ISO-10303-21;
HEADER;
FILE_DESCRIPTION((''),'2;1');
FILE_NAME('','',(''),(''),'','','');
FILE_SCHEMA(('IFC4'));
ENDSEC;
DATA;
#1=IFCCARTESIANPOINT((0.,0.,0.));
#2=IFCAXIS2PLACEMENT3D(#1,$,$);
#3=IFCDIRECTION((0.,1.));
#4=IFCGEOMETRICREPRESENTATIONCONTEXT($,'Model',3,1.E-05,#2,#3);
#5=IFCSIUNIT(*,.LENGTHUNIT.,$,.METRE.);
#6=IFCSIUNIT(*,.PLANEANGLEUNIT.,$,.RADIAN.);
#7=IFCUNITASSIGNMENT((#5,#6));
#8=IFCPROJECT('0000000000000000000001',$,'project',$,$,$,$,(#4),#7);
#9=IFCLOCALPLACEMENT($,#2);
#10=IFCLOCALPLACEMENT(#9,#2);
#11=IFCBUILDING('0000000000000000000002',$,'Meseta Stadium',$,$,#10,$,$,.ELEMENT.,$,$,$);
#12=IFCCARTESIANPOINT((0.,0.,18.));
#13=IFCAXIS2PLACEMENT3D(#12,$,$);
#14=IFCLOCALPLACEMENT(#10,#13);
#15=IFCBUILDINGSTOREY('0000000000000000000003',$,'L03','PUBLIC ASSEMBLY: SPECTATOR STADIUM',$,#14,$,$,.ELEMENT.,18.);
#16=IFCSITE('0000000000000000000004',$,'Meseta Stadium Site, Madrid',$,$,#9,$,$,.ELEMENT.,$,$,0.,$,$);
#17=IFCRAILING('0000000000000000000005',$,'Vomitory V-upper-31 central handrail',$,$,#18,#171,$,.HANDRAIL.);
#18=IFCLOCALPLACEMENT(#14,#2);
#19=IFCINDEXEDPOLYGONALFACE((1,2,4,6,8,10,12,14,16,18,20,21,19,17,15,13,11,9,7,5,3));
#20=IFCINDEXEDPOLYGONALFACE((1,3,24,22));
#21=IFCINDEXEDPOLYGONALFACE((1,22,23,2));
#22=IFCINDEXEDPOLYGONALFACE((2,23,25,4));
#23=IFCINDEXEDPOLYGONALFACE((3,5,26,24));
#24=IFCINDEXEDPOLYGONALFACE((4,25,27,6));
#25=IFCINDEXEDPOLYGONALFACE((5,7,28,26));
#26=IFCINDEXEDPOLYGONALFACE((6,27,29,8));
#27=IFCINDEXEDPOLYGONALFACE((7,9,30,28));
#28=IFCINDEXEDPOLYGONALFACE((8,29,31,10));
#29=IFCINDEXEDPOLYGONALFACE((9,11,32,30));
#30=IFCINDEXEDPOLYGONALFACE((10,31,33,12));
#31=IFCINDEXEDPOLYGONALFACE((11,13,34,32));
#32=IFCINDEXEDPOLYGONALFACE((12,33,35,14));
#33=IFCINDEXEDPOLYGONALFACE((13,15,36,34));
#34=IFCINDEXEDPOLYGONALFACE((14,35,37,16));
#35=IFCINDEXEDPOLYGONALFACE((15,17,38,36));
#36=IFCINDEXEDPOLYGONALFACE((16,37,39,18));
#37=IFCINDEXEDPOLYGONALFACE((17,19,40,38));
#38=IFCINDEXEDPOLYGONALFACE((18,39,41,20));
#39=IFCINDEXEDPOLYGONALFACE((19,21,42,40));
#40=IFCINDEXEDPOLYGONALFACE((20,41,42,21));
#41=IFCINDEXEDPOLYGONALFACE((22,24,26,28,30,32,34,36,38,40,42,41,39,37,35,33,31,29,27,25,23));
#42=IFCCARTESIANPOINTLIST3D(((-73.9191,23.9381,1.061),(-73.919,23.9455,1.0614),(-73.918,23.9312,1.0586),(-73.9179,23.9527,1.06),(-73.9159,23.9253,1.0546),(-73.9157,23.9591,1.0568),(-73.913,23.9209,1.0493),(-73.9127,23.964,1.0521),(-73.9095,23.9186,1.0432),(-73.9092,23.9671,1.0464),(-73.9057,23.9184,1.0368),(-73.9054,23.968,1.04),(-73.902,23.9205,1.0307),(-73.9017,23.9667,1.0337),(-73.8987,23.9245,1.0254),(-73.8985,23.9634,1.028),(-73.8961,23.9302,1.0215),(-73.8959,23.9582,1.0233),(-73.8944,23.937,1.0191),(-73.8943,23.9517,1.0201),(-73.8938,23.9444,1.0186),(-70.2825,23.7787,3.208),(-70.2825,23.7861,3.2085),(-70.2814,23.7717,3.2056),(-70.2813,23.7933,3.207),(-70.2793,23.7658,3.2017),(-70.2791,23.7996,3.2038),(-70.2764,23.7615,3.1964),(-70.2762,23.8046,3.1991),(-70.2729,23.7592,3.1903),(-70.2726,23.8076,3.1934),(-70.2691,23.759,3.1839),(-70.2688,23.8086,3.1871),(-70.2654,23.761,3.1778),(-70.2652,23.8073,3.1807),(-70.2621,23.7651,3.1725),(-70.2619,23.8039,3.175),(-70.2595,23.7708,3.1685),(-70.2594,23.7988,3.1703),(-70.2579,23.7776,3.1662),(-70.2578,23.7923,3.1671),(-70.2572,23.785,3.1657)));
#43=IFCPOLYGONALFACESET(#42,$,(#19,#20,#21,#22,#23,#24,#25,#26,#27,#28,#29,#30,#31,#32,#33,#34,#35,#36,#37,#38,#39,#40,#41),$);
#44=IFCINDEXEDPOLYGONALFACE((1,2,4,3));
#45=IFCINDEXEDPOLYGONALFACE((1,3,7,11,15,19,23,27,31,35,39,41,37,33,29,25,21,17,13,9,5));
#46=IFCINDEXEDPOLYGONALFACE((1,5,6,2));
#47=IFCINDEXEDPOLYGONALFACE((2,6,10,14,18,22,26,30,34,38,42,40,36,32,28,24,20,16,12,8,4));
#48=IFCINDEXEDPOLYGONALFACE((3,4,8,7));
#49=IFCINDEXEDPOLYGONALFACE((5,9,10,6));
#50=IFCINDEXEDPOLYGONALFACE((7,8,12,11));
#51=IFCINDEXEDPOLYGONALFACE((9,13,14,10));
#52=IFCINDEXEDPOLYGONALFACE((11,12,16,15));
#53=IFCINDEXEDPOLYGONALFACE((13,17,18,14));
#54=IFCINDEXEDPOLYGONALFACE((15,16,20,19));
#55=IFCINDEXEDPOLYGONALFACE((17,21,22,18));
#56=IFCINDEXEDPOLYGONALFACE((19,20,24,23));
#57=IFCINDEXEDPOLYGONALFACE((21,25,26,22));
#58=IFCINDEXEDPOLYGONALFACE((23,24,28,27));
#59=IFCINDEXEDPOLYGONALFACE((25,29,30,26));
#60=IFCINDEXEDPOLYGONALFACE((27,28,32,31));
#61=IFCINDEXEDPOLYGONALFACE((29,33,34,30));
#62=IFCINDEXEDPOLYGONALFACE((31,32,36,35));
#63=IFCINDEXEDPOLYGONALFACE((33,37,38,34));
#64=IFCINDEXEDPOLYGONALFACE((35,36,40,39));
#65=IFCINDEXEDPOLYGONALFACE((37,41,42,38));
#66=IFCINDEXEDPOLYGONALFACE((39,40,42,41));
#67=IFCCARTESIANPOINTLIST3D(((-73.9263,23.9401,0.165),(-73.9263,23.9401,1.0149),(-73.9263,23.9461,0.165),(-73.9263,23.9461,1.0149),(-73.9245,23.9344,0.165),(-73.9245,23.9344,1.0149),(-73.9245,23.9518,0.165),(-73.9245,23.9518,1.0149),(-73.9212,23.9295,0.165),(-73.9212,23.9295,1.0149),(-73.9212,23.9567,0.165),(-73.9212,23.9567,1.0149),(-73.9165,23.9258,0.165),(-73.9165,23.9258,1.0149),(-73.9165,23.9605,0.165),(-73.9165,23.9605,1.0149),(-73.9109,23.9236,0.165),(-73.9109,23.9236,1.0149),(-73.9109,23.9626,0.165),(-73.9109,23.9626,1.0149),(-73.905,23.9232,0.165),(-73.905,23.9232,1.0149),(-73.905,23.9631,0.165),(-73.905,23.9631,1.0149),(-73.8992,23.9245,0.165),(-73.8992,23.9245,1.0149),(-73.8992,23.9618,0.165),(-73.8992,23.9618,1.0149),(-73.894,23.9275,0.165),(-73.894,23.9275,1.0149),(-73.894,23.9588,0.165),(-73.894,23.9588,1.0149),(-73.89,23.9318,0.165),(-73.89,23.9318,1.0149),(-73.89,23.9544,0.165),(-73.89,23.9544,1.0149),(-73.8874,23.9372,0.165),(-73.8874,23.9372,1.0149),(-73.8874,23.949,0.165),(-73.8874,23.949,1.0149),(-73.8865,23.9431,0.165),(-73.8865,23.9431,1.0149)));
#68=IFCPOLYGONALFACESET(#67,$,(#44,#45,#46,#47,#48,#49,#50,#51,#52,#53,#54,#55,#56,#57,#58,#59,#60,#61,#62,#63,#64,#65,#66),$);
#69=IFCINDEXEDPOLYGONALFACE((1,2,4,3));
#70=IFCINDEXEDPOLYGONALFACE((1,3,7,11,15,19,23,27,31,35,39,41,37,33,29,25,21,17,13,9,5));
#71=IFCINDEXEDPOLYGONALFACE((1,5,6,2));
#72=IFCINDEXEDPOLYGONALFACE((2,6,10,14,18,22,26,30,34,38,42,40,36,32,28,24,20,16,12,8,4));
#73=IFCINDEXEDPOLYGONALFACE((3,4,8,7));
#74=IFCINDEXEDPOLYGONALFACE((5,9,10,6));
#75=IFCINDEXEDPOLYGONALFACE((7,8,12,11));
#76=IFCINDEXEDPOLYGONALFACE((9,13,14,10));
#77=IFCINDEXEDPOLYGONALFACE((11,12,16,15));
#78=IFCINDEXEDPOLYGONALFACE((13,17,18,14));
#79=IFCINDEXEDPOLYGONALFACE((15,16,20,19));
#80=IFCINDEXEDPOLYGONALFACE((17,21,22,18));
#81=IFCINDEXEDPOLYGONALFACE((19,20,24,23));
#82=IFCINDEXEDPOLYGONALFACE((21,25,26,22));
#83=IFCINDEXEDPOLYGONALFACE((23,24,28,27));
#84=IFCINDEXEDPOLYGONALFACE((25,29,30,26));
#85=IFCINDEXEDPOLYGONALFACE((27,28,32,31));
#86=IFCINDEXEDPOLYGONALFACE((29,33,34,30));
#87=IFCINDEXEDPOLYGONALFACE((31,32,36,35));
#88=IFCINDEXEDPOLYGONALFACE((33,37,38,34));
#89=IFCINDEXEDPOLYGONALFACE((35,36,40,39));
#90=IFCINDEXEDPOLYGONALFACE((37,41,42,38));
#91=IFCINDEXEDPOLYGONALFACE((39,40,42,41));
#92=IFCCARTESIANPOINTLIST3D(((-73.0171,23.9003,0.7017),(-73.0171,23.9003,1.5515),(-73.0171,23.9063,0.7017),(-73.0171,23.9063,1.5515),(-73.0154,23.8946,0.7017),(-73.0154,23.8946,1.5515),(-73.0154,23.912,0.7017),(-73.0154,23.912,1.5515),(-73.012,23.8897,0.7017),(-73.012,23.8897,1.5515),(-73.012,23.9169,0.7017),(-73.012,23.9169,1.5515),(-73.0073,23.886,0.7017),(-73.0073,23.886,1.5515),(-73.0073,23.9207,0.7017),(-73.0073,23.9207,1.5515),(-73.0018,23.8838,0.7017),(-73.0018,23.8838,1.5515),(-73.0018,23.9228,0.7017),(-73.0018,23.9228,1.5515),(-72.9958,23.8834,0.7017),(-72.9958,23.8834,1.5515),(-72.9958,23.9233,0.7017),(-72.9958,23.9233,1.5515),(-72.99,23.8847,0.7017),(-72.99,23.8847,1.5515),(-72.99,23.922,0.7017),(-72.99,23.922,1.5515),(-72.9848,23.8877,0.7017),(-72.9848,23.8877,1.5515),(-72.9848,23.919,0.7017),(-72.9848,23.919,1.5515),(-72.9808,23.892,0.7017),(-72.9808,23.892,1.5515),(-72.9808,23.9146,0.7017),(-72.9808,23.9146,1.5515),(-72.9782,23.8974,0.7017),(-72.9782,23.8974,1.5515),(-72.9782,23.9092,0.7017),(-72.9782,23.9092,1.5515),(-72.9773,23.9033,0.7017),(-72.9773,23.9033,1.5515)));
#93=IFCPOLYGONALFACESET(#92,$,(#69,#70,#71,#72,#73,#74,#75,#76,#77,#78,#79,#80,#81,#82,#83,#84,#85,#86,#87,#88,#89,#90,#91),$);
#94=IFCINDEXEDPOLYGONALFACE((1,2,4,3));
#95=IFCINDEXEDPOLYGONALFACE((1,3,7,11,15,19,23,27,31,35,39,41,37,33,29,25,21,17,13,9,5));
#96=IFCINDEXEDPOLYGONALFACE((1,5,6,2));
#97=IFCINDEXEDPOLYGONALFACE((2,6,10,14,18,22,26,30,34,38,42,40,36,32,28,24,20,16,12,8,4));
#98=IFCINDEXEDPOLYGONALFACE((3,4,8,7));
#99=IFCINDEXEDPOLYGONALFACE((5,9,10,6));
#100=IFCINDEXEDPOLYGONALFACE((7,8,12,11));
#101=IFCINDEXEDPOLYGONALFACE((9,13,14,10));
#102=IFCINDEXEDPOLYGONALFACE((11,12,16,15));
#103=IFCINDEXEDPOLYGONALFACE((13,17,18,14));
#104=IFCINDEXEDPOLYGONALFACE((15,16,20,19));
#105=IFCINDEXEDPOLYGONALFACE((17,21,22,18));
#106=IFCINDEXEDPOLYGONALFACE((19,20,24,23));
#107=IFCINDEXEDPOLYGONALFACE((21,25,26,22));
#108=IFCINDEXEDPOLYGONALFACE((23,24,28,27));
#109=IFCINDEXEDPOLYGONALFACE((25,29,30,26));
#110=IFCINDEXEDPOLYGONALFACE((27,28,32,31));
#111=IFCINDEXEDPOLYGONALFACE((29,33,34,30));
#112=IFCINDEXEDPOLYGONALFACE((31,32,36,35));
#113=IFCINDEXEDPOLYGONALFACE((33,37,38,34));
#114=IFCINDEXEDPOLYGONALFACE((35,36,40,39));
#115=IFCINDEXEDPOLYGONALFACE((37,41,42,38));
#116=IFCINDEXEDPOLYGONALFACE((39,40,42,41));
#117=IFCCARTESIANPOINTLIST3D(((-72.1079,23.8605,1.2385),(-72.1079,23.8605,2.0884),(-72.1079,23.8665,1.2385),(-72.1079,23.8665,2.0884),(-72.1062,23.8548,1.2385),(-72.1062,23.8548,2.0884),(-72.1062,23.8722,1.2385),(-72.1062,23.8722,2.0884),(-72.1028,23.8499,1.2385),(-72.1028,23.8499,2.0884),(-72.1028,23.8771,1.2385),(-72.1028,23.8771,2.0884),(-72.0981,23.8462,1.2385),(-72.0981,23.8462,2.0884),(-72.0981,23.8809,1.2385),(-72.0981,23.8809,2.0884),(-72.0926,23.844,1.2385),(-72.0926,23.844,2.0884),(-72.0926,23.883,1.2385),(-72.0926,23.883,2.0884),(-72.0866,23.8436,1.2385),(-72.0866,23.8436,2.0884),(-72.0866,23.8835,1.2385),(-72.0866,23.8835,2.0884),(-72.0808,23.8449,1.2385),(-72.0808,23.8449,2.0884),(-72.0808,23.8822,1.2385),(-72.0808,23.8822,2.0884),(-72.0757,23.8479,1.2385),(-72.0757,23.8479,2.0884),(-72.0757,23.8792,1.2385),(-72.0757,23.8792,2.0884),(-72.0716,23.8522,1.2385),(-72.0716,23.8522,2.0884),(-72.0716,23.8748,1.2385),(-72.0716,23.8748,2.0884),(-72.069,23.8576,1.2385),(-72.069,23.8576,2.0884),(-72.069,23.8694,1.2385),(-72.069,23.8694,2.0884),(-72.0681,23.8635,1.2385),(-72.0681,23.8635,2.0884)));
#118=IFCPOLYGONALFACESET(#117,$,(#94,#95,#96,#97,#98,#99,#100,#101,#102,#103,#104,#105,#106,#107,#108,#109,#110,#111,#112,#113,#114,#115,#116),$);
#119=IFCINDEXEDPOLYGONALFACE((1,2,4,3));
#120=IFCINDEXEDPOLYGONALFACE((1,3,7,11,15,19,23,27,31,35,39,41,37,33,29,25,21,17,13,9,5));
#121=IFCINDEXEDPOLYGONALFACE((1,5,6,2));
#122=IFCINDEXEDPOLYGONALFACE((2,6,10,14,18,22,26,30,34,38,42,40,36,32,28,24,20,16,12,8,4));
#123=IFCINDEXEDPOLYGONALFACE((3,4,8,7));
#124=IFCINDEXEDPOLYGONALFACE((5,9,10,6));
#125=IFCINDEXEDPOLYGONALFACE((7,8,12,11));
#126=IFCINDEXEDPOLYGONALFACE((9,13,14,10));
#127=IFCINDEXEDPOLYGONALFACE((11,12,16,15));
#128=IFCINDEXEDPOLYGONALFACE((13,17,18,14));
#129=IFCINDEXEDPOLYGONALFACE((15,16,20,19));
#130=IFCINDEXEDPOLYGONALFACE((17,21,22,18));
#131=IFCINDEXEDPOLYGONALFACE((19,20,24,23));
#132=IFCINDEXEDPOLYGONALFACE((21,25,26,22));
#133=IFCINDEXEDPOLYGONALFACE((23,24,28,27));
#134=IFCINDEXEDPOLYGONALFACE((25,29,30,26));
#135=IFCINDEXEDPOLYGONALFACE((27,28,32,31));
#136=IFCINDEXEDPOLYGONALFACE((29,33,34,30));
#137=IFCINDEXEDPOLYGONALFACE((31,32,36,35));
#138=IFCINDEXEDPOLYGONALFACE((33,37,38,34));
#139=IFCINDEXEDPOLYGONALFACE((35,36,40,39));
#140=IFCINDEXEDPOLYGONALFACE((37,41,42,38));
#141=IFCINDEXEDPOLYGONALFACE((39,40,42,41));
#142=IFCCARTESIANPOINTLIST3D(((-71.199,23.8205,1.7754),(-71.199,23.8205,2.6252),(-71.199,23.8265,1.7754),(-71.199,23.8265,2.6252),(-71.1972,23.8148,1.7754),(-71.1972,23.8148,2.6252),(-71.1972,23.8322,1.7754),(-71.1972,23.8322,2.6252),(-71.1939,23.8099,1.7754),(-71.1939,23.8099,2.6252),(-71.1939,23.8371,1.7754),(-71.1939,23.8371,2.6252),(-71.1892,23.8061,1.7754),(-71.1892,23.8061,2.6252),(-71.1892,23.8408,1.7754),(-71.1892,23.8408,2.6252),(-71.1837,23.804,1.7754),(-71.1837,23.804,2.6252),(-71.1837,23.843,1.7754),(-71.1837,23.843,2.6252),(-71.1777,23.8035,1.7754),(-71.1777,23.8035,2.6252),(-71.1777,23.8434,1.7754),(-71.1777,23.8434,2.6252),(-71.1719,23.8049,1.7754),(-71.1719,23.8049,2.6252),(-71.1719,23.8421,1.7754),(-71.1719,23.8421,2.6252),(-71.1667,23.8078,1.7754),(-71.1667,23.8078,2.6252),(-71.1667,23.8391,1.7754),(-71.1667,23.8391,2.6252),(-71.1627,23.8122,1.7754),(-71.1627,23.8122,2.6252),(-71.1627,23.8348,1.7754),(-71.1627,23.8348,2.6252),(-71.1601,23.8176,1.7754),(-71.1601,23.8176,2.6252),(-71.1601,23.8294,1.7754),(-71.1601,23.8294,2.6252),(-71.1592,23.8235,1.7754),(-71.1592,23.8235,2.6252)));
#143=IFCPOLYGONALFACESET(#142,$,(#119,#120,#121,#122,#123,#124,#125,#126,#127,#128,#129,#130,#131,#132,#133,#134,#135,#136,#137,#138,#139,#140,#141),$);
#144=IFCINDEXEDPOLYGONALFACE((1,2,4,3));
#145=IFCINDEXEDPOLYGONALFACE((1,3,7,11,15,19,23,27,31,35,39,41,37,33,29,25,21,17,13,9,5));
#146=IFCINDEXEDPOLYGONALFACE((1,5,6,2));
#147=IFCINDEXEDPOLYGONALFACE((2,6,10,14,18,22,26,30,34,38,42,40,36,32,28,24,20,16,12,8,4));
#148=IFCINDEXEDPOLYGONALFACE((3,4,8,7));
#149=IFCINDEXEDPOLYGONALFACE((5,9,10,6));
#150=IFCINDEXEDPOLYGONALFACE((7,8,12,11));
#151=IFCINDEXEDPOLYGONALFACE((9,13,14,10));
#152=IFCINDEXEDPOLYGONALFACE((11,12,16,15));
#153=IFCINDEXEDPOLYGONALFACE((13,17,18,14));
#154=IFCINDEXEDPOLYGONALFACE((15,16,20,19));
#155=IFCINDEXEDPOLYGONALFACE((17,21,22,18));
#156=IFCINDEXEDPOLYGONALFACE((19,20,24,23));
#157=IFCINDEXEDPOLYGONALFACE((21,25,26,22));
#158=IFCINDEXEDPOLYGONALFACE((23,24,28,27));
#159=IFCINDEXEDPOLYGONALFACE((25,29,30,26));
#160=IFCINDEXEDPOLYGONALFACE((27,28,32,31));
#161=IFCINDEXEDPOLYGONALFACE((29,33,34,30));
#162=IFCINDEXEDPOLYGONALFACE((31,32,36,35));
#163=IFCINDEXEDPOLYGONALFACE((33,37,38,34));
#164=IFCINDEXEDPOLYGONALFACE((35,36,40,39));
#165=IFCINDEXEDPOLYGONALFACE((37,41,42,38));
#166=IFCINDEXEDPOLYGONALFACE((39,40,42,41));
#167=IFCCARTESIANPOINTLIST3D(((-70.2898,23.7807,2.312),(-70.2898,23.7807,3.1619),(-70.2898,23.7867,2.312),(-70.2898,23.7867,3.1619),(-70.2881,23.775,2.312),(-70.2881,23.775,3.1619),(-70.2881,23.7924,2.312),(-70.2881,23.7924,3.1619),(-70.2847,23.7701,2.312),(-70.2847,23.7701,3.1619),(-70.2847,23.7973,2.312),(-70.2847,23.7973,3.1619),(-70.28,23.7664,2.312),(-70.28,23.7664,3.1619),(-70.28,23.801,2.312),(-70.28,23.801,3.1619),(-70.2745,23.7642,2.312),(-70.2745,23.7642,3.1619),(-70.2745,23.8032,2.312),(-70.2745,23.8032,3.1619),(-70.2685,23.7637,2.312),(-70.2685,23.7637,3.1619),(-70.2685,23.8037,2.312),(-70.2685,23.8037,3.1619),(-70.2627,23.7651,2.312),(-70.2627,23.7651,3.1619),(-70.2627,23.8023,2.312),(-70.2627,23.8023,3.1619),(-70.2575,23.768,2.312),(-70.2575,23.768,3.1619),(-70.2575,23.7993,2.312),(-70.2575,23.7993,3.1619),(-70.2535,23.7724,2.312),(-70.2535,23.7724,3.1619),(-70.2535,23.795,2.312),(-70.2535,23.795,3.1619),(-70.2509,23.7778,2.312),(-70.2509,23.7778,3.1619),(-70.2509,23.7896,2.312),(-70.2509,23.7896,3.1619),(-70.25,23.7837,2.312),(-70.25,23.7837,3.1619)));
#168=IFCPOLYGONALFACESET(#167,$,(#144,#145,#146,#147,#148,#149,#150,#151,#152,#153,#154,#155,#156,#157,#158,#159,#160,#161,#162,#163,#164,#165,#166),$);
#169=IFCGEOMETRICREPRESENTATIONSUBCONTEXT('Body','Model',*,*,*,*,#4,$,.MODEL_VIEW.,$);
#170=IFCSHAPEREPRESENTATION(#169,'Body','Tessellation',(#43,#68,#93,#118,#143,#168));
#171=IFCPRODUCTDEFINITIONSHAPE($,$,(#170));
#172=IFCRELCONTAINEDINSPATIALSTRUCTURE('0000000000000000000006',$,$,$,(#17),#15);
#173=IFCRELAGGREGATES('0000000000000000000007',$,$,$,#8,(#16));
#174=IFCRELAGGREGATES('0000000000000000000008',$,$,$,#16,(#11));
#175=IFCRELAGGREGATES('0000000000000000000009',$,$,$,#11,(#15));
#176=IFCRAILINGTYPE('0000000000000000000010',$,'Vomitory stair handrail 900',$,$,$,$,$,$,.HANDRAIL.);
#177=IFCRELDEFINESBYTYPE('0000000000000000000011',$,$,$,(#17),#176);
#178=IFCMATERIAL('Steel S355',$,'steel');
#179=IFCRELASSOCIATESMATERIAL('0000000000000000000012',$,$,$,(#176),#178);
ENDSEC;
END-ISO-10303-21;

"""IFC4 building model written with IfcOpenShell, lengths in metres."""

from ifc_helpers import new_model, si_unit, direction, frame, origin, origin_2d, place, context, subcontext, project, spatial, circle, extrude, material, type_object, element, save


model = new_model("IFC4")

# Units and contexts
model_context = context("Model", 3, precision=1e-05, world=origin(), true_north=direction((0.0, 1.0)))
body_context = subcontext(model_context, "Body", "Model", "MODEL_VIEW")
ifc_project = project(units=[si_unit("LENGTHUNIT", "METRE"), si_unit("PLANEANGLEUNIT", "RADIAN")], contexts=[model_context])

# Site, building, storey
site_placement = place(None, origin())
site = spatial("IfcSite", under=ifc_project, at=site_placement, Name="Meseta Stadium Site, Madrid", CompositionType="ELEMENT", RefElevation=0.0)
building_placement = place(site_placement, origin())
building = spatial("IfcBuilding", under=site, at=building_placement, Name="Meseta Stadium", CompositionType="ELEMENT")
storey_placement = place(building_placement, frame((0.0, 0.0, 18.0)))
storey = spatial("IfcBuildingStorey", under=building, at=storey_placement, Name="L03", Description="PUBLIC ASSEMBLY: SPECTATOR STADIUM", CompositionType="ELEMENT", Elevation=18.0)

# Railing
ifc_material_1 = material(Name="Steel S355", Category="steel")
railing_type_1 = type_object("IfcRailingType", Name="Vomitory stair handrail 900", PredefinedType="HANDRAIL", material=ifc_material_1)
railing_1_placement = place(storey_placement, frame((-73.9065, 23.9431, 0.165)))
element("IfcRailing", 1, at=railing_1_placement, inside=storey, type_object=railing_type_1, Name="Vomitory V-upper-31 central handrail", PredefinedType="HANDRAIL", context=body_context, shape_type="SweptSolid", body=[
    extrude(circle(Radius=0.0249, at=origin_2d()), frame((0.0, 0.0, 0.875), z_axis=(0.860506, -0.037725, 0.508042), x_axis=(0.043798, 0.99904, 0.0)), (0.0, 0.0, 1.0), 4.2261),
    extrude(circle(Radius=0.02, at=origin_2d()), origin(), (0.0, 0.0, 1.0), 0.8499),
    extrude(circle(Radius=0.02, at=origin_2d()), frame((0.9092, -0.0398, 0.5366)), (0.0, 0.0, 1.0), 0.8499),
    extrude(circle(Radius=0.02, at=origin_2d()), frame((1.8184, -0.0796, 1.0735)), (0.0, 0.0, 1.0), 0.8499),
    extrude(circle(Radius=0.02, at=origin_2d()), frame((2.7273, -0.1196, 1.6104)), (0.0, 0.0, 1.0), 0.8499),
    extrude(circle(Radius=0.02, at=origin_2d()), frame((3.6365, -0.1594, 2.147)), (0.0, 0.0, 1.0), 0.8499),
])

save(model, "model.ifc")
